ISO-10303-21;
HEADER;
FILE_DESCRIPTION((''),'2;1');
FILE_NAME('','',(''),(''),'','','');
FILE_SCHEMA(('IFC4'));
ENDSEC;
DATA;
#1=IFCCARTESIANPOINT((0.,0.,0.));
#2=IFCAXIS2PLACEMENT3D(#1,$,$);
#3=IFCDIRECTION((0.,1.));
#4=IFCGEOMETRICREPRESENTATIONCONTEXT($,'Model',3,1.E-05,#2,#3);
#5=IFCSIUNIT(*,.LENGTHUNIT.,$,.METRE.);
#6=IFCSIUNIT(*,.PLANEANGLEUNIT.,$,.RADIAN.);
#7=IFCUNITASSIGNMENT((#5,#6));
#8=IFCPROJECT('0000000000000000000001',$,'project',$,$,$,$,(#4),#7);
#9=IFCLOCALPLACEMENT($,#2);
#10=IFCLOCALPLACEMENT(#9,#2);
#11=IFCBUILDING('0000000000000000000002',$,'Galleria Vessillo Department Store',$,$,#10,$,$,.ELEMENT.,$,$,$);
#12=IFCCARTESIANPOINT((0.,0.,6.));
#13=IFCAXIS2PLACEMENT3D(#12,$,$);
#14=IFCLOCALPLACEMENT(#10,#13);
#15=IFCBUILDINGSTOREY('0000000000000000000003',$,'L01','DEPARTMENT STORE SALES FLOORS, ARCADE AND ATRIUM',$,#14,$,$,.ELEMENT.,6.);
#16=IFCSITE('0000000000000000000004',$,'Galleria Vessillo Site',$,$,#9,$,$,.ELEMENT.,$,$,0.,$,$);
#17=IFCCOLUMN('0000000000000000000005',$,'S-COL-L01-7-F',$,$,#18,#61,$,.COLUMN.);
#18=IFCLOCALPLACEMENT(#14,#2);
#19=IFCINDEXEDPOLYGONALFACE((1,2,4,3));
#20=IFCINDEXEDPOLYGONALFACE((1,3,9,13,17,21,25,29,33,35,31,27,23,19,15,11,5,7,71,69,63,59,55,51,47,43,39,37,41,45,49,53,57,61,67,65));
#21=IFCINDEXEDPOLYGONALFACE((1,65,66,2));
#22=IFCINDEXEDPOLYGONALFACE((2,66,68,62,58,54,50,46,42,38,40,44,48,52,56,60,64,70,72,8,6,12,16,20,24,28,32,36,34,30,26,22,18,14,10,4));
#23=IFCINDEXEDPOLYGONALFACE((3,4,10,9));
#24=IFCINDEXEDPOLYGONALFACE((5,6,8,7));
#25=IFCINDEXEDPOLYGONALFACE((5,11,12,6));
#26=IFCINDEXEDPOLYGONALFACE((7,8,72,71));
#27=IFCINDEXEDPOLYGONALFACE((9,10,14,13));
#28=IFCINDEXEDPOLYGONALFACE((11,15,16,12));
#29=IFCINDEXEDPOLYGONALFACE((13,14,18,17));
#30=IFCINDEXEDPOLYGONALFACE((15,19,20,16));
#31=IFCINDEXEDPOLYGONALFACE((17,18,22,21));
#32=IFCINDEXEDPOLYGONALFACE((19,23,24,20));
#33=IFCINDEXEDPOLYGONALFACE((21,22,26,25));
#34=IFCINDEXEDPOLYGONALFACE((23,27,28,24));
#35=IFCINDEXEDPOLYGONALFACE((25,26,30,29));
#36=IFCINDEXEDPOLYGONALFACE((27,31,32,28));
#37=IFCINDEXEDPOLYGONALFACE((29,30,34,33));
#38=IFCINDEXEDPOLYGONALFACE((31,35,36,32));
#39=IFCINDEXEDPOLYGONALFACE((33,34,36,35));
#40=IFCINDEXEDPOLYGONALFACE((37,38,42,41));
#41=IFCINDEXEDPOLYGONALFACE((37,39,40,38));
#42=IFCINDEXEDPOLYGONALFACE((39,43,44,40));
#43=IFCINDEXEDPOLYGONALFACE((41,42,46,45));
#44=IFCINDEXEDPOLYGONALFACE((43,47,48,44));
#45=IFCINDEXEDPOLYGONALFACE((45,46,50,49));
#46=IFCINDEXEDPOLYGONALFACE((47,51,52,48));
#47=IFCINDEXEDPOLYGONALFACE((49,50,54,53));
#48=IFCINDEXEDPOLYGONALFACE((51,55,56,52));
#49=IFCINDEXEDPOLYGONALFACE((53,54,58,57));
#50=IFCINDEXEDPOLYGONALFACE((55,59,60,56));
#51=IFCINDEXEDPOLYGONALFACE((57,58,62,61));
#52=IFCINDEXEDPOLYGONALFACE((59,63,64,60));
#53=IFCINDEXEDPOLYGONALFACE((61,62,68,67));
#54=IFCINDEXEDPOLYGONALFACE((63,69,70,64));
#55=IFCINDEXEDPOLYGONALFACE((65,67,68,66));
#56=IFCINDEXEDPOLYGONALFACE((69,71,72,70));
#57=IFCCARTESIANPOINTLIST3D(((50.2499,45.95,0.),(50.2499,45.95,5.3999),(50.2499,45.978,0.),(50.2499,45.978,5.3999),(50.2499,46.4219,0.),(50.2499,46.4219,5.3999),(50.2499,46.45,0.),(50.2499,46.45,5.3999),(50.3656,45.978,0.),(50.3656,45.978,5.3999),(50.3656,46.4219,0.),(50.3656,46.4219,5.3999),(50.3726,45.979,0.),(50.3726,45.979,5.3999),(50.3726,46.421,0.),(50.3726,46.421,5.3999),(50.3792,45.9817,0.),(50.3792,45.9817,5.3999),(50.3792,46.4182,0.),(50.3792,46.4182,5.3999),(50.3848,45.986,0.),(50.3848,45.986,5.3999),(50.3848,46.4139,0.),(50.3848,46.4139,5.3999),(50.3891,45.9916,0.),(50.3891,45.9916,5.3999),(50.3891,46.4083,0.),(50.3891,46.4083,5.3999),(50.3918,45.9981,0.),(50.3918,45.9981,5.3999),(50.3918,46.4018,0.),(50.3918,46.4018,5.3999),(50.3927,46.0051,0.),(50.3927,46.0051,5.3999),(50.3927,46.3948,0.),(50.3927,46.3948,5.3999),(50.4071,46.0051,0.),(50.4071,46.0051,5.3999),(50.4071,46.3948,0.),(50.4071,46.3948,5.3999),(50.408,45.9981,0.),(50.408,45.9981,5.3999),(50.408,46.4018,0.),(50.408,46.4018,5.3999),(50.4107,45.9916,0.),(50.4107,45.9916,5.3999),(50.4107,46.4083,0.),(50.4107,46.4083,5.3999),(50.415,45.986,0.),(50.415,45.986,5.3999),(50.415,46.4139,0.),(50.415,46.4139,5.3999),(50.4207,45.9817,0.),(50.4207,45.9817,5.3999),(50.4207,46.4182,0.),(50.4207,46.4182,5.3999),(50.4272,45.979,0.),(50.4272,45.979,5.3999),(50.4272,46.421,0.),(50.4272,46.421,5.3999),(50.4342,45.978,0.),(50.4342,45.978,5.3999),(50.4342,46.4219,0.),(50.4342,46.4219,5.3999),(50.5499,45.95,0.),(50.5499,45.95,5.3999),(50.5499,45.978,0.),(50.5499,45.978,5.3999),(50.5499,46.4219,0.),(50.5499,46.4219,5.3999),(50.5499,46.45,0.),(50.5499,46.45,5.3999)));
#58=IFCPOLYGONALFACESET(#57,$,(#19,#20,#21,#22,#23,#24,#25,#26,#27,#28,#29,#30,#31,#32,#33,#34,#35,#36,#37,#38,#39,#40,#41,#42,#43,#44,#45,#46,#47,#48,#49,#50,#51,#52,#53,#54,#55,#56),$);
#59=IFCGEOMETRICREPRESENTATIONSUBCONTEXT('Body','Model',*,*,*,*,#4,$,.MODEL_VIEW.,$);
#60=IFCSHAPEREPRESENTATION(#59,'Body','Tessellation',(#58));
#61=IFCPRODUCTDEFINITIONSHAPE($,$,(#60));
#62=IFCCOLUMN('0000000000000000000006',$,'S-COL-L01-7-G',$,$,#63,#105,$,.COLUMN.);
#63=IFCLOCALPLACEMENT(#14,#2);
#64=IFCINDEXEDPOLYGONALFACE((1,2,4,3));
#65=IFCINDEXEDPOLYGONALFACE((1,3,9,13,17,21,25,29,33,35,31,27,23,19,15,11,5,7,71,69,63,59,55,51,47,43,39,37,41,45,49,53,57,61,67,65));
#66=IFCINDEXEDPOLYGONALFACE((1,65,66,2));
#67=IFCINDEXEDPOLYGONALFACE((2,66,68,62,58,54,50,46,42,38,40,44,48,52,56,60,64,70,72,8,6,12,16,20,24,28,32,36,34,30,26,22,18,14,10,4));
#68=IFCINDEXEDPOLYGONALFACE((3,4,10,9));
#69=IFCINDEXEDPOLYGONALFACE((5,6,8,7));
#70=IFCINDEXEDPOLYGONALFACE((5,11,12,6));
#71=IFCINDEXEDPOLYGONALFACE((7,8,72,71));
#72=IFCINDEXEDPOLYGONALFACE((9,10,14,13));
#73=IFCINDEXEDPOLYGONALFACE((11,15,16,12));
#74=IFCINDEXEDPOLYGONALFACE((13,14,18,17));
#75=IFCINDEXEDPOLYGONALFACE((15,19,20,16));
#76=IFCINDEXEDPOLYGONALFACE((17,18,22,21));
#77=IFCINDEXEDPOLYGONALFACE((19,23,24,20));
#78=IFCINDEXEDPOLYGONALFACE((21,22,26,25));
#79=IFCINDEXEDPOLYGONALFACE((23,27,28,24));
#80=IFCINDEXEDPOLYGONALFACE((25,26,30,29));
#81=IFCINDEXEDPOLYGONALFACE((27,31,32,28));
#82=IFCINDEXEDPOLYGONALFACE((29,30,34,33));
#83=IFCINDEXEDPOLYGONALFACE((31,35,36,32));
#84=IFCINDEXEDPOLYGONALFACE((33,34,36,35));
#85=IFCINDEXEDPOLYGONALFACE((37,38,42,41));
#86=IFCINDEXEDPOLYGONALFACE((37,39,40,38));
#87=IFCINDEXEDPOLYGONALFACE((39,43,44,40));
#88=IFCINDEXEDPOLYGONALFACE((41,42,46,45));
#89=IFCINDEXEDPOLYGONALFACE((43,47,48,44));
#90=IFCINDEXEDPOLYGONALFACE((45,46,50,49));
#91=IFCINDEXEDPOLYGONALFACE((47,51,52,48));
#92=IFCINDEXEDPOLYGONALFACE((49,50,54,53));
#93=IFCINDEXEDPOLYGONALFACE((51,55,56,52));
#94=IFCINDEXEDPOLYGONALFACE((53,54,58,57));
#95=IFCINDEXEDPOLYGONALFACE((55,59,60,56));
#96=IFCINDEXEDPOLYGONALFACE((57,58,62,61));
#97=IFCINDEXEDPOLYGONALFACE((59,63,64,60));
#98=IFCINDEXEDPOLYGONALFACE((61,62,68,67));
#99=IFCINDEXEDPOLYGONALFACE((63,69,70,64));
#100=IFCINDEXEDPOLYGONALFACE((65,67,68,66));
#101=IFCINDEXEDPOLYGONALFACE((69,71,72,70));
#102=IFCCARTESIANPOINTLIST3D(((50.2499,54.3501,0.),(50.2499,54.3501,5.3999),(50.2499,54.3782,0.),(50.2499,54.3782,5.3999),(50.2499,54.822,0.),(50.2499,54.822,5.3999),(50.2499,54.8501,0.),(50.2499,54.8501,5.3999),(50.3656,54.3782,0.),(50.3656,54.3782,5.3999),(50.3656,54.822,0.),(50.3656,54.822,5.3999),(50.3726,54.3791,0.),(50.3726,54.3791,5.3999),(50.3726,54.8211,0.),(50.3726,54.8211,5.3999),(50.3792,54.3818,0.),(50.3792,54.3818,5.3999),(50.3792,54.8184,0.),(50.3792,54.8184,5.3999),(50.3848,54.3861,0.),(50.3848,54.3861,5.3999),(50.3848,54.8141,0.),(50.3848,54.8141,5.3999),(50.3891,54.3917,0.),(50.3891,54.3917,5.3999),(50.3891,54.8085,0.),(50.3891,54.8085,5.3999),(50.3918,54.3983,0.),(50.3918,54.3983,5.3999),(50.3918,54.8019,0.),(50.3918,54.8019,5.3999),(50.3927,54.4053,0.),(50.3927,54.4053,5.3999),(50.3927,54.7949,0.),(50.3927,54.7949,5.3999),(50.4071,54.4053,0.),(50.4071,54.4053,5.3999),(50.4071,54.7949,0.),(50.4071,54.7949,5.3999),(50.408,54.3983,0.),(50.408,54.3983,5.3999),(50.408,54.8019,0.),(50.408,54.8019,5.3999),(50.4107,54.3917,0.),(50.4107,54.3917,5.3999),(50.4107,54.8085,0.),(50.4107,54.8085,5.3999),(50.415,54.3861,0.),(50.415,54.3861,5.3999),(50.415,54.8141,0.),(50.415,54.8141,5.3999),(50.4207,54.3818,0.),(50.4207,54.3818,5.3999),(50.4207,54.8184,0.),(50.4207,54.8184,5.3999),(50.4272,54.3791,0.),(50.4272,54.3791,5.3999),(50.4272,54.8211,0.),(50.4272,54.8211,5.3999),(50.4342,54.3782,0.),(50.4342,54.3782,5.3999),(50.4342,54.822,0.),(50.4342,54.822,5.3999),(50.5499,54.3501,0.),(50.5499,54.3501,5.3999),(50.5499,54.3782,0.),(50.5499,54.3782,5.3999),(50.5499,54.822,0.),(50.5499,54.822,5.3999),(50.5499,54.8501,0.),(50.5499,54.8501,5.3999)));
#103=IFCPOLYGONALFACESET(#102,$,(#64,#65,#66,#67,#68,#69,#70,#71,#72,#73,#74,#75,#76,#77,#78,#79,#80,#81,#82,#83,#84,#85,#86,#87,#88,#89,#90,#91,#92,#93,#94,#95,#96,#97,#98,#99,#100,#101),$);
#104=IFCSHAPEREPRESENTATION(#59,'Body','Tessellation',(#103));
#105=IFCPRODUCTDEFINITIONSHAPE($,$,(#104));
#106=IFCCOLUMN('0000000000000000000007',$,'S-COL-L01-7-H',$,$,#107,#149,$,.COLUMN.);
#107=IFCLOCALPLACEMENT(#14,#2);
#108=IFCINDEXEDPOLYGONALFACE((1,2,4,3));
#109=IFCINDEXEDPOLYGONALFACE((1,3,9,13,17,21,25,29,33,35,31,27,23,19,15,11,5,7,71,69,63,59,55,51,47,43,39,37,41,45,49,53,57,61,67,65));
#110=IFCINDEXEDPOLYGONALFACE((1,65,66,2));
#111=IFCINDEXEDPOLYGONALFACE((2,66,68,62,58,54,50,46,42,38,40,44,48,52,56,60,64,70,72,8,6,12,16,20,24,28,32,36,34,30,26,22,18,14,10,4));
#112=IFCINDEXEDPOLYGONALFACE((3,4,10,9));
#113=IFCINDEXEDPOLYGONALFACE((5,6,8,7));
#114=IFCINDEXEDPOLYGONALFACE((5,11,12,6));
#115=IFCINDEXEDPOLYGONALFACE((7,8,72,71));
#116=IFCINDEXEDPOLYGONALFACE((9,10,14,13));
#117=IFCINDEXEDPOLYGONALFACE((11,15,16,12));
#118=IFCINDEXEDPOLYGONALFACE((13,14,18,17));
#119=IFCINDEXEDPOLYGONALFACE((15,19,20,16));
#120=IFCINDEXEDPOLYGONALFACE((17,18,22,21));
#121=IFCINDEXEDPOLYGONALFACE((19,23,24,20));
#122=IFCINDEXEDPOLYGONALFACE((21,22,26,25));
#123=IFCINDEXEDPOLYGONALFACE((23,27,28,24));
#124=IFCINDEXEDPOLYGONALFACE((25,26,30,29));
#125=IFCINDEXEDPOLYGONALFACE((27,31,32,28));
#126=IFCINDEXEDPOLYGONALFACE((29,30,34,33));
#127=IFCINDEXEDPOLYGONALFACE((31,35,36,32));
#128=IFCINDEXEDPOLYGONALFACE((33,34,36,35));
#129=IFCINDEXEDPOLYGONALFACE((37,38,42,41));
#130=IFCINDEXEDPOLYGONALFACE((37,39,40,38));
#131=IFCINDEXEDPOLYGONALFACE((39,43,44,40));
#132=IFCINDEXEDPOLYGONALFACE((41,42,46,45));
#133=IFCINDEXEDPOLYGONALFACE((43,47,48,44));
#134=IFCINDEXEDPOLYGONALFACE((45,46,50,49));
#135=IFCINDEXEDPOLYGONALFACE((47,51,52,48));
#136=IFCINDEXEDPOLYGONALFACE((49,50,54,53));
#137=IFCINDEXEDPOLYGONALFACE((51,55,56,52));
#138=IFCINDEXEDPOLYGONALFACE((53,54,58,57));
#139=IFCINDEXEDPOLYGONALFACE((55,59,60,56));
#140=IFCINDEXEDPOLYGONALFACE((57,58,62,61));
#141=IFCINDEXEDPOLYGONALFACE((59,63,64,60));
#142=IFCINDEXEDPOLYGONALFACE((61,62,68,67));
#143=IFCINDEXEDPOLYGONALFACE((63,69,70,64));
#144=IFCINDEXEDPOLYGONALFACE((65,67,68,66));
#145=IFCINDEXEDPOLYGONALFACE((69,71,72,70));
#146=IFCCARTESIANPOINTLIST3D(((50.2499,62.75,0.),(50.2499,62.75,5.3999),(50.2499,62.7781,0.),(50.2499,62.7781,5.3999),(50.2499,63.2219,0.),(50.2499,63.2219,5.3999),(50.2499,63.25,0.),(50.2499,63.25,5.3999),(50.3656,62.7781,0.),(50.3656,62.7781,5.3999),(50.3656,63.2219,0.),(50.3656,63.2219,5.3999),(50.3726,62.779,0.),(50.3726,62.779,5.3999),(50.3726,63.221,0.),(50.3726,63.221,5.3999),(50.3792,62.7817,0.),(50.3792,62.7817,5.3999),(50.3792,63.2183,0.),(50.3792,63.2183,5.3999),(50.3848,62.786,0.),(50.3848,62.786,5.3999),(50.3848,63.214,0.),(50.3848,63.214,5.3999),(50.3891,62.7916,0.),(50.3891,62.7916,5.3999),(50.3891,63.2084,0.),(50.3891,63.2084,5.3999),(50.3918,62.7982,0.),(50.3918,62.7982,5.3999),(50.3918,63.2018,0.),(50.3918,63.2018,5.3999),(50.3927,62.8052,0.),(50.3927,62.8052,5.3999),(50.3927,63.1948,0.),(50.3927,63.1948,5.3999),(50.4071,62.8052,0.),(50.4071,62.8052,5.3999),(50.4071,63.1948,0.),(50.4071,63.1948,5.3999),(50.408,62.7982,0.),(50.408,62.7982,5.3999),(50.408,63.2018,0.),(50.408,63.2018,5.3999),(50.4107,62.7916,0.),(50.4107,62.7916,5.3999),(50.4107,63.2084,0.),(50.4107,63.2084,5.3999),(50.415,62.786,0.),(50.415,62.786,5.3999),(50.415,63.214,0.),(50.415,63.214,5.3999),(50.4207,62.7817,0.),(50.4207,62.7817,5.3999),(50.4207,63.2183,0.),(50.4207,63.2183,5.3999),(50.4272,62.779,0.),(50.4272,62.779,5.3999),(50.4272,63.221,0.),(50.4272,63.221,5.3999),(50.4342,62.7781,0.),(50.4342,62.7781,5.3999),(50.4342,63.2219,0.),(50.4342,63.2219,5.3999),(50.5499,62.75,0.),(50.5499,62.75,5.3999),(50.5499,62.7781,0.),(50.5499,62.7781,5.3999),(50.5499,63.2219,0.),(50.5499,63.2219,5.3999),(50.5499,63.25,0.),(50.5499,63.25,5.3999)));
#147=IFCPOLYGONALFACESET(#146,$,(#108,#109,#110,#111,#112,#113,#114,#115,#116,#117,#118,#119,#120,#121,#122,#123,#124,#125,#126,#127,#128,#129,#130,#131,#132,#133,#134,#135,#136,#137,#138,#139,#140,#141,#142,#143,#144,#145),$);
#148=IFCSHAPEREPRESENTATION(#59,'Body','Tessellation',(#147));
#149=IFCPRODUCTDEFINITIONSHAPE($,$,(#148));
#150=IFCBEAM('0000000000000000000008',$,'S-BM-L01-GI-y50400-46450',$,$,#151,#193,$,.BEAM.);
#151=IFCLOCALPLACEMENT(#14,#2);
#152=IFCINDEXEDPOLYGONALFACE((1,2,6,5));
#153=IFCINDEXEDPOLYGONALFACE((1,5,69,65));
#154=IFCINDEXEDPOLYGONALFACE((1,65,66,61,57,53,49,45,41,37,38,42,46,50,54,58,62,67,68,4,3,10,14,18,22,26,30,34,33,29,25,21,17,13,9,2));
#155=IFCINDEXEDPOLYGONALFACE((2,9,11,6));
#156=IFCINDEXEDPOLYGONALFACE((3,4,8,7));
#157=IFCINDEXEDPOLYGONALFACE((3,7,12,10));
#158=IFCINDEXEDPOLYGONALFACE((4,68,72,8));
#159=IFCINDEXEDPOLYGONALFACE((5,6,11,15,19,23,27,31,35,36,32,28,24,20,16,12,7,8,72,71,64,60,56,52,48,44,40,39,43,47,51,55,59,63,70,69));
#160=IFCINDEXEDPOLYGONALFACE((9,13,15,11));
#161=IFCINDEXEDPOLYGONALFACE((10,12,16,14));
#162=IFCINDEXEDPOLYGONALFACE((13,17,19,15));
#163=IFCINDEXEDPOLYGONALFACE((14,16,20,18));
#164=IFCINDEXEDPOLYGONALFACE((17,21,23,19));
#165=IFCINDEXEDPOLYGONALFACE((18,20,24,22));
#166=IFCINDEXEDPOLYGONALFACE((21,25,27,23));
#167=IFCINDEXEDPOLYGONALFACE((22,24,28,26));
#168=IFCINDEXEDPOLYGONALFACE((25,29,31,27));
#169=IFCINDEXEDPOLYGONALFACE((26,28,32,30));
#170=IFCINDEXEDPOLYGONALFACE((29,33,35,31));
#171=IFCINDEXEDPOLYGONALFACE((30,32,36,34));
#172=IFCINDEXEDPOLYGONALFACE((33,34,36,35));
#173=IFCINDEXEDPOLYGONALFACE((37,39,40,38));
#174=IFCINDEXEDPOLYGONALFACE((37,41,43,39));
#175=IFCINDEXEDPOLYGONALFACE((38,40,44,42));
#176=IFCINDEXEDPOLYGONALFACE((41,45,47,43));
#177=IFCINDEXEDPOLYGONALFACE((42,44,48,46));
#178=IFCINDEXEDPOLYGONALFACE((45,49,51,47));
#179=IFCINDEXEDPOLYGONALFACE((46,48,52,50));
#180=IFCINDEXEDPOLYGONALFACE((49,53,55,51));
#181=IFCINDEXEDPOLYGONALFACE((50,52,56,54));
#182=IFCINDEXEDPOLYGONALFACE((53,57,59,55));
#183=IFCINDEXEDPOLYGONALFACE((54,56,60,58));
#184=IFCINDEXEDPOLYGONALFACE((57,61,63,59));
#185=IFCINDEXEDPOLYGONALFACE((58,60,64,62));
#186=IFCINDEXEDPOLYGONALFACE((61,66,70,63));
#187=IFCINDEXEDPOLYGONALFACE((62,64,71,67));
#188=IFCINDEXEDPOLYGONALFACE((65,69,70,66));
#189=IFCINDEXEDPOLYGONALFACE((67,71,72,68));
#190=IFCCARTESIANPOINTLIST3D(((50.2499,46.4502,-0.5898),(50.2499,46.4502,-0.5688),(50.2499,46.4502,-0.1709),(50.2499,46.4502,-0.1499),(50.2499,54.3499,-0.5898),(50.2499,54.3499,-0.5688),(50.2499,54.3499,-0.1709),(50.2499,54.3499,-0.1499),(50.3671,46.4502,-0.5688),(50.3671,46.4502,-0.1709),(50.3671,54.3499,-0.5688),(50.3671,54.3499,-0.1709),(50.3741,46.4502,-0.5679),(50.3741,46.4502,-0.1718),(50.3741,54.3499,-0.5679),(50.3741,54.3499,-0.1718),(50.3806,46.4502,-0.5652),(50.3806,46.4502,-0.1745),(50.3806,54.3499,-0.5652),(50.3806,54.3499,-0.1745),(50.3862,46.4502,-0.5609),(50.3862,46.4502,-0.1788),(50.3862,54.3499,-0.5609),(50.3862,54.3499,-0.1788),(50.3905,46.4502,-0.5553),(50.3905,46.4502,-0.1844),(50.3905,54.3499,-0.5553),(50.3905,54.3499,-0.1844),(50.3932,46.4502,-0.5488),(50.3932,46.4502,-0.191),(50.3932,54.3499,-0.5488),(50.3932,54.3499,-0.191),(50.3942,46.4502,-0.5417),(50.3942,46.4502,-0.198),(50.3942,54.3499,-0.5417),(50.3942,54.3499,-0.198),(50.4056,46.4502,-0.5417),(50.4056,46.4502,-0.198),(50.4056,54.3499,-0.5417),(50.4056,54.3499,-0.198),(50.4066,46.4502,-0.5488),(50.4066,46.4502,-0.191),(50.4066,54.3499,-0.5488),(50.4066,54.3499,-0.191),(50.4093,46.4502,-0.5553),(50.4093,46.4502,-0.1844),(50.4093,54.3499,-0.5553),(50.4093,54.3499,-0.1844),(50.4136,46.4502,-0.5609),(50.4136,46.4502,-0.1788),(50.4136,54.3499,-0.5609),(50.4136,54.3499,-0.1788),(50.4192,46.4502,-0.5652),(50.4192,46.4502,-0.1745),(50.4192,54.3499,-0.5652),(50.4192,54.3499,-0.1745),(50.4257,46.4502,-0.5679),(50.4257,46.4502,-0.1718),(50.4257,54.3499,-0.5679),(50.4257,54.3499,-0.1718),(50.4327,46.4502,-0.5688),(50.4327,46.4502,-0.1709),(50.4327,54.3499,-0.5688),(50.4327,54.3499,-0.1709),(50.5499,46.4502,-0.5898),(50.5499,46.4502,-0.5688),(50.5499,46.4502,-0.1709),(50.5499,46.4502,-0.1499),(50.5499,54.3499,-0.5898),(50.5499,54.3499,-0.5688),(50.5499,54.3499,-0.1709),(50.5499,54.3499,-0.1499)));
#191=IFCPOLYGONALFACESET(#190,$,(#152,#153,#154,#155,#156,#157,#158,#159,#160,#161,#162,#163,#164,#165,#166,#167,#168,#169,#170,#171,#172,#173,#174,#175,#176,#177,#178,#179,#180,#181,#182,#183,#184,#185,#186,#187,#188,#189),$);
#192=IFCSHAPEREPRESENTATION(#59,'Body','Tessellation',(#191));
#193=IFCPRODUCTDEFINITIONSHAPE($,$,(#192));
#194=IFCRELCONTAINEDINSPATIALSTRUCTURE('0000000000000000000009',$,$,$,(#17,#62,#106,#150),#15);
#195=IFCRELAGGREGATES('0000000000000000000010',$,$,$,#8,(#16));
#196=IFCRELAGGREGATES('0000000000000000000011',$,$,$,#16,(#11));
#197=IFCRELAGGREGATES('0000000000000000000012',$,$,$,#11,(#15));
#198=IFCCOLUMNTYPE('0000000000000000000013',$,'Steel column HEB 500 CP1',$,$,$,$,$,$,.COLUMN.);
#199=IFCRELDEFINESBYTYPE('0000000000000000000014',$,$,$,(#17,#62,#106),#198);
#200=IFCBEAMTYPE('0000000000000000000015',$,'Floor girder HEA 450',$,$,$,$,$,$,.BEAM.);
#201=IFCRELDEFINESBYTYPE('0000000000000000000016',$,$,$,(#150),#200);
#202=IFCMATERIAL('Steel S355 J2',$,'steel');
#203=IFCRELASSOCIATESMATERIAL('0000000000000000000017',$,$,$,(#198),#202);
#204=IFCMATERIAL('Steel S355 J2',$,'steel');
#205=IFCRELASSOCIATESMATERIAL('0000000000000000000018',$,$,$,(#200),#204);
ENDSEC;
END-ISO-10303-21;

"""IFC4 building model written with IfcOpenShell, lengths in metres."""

from ifc_helpers import new_model, si_unit, direction, frame, origin, origin_2d, place, context, subcontext, project, spatial, i_section, extrude, material, material_profile, profile_set, type_object, element, save


model = new_model("IFC4")

# Units and contexts
model_context = context("Model", 3, precision=1e-05, world=origin(), true_north=direction((0.0, 1.0)))
body_context = subcontext(model_context, "Body", "Model", "MODEL_VIEW")
ifc_project = project(units=[si_unit("LENGTHUNIT", "METRE"), si_unit("PLANEANGLEUNIT", "RADIAN")], contexts=[model_context])

# Site, building, storey
site_placement = place(None, origin())
site = spatial("IfcSite", under=ifc_project, at=site_placement, Name="Galleria Vessillo Site", CompositionType="ELEMENT", RefElevation=0.0)
building_placement = place(site_placement, origin())
building = spatial("IfcBuilding", under=site, at=building_placement, Name="Galleria Vessillo Department Store", CompositionType="ELEMENT")
storey_placement = place(building_placement, frame((0.0, 0.0, 6.0)))
storey = spatial("IfcBuildingStorey", under=building, at=storey_placement, Name="L01", Description="DEPARTMENT STORE SALES FLOORS, ARCADE AND ATRIUM", CompositionType="ELEMENT", Elevation=6.0)

# Columns
ifc_material_1 = material(Name="Steel S355 J2", Category="steel")
ifc_material_profile_1 = material_profile(ifc_material_1, i_section(OverallWidth=0.3, OverallDepth=0.5, WebThickness=0.0144, FlangeThickness=0.0281, FilletRadius=0.0271, at=origin_2d()), Name="HEB 500")
ifc_profile_set_1 = profile_set([ifc_material_profile_1], Name="Steel S355 J2")
column_type = type_object("IfcColumnType", Name="Steel column HEB 500 CP1", PredefinedType="COLUMN", material=ifc_profile_set_1)
for number, where, z_axis, x_axis, name in (
    (1, (50.3999, 46.2, 0.0), (0.0, 0.0, 1.0), (1.0, 0.0, 0.0), "S-COL-L01-7-F"),
    (2, (50.3999, 54.6001, 0.0), (0.0, 0.0, 1.0), (1.0, 0.0, 0.0), "S-COL-L01-7-G"),
    (3, (50.3999, 63.0, 0.0), (0.0, 0.0, 1.0), (1.0, 0.0, 0.0), "S-COL-L01-7-H"),
):
    element("IfcColumn", number, at=place(storey_placement, frame(where, z_axis=z_axis, x_axis=x_axis)), inside=storey, type_object=column_type, Name=name, PredefinedType="COLUMN", context=body_context, shape_type="SweptSolid", body=[
        extrude(i_section(OverallWidth=0.3, OverallDepth=0.5, WebThickness=0.0144, FlangeThickness=0.0281, FilletRadius=0.0271, at=origin_2d()), origin(), (0.0, 0.0, 1.0), 5.3999),
    ])

# Beam
ifc_material_2 = material(Name="Steel S355 J2", Category="steel")
ifc_material_profile_2 = material_profile(ifc_material_2, i_section(OverallWidth=0.3, OverallDepth=0.4399, WebThickness=0.0115, FlangeThickness=0.021, FilletRadius=0.0271, at=origin_2d()), Name="HEA 450")
ifc_profile_set_2 = profile_set([ifc_material_profile_2], Name="Steel S355 J2")
beam_type_1 = type_object("IfcBeamType", Name="Floor girder HEA 450", PredefinedType="BEAM", material=ifc_profile_set_2)
for number, where, z_axis, x_axis, name in (
    (4, (50.3999, 46.4502, -0.3699), (0.0, 1.0, 0.0), (-1.0, 0.0, 0.0), "S-BM-L01-GI-y50400-46450"),
):
    element("IfcBeam", number, at=place(storey_placement, frame(where, z_axis=z_axis, x_axis=x_axis)), inside=storey, type_object=beam_type_1, Name=name, PredefinedType="BEAM", context=body_context, shape_type="SweptSolid", body=[
        extrude(i_section(OverallWidth=0.3, OverallDepth=0.4399, WebThickness=0.0115, FlangeThickness=0.021, FilletRadius=0.0271, at=origin_2d()), origin(), (0.0, 0.0, 1.0), 7.8997),
    ])

save(model, "model.ifc")
